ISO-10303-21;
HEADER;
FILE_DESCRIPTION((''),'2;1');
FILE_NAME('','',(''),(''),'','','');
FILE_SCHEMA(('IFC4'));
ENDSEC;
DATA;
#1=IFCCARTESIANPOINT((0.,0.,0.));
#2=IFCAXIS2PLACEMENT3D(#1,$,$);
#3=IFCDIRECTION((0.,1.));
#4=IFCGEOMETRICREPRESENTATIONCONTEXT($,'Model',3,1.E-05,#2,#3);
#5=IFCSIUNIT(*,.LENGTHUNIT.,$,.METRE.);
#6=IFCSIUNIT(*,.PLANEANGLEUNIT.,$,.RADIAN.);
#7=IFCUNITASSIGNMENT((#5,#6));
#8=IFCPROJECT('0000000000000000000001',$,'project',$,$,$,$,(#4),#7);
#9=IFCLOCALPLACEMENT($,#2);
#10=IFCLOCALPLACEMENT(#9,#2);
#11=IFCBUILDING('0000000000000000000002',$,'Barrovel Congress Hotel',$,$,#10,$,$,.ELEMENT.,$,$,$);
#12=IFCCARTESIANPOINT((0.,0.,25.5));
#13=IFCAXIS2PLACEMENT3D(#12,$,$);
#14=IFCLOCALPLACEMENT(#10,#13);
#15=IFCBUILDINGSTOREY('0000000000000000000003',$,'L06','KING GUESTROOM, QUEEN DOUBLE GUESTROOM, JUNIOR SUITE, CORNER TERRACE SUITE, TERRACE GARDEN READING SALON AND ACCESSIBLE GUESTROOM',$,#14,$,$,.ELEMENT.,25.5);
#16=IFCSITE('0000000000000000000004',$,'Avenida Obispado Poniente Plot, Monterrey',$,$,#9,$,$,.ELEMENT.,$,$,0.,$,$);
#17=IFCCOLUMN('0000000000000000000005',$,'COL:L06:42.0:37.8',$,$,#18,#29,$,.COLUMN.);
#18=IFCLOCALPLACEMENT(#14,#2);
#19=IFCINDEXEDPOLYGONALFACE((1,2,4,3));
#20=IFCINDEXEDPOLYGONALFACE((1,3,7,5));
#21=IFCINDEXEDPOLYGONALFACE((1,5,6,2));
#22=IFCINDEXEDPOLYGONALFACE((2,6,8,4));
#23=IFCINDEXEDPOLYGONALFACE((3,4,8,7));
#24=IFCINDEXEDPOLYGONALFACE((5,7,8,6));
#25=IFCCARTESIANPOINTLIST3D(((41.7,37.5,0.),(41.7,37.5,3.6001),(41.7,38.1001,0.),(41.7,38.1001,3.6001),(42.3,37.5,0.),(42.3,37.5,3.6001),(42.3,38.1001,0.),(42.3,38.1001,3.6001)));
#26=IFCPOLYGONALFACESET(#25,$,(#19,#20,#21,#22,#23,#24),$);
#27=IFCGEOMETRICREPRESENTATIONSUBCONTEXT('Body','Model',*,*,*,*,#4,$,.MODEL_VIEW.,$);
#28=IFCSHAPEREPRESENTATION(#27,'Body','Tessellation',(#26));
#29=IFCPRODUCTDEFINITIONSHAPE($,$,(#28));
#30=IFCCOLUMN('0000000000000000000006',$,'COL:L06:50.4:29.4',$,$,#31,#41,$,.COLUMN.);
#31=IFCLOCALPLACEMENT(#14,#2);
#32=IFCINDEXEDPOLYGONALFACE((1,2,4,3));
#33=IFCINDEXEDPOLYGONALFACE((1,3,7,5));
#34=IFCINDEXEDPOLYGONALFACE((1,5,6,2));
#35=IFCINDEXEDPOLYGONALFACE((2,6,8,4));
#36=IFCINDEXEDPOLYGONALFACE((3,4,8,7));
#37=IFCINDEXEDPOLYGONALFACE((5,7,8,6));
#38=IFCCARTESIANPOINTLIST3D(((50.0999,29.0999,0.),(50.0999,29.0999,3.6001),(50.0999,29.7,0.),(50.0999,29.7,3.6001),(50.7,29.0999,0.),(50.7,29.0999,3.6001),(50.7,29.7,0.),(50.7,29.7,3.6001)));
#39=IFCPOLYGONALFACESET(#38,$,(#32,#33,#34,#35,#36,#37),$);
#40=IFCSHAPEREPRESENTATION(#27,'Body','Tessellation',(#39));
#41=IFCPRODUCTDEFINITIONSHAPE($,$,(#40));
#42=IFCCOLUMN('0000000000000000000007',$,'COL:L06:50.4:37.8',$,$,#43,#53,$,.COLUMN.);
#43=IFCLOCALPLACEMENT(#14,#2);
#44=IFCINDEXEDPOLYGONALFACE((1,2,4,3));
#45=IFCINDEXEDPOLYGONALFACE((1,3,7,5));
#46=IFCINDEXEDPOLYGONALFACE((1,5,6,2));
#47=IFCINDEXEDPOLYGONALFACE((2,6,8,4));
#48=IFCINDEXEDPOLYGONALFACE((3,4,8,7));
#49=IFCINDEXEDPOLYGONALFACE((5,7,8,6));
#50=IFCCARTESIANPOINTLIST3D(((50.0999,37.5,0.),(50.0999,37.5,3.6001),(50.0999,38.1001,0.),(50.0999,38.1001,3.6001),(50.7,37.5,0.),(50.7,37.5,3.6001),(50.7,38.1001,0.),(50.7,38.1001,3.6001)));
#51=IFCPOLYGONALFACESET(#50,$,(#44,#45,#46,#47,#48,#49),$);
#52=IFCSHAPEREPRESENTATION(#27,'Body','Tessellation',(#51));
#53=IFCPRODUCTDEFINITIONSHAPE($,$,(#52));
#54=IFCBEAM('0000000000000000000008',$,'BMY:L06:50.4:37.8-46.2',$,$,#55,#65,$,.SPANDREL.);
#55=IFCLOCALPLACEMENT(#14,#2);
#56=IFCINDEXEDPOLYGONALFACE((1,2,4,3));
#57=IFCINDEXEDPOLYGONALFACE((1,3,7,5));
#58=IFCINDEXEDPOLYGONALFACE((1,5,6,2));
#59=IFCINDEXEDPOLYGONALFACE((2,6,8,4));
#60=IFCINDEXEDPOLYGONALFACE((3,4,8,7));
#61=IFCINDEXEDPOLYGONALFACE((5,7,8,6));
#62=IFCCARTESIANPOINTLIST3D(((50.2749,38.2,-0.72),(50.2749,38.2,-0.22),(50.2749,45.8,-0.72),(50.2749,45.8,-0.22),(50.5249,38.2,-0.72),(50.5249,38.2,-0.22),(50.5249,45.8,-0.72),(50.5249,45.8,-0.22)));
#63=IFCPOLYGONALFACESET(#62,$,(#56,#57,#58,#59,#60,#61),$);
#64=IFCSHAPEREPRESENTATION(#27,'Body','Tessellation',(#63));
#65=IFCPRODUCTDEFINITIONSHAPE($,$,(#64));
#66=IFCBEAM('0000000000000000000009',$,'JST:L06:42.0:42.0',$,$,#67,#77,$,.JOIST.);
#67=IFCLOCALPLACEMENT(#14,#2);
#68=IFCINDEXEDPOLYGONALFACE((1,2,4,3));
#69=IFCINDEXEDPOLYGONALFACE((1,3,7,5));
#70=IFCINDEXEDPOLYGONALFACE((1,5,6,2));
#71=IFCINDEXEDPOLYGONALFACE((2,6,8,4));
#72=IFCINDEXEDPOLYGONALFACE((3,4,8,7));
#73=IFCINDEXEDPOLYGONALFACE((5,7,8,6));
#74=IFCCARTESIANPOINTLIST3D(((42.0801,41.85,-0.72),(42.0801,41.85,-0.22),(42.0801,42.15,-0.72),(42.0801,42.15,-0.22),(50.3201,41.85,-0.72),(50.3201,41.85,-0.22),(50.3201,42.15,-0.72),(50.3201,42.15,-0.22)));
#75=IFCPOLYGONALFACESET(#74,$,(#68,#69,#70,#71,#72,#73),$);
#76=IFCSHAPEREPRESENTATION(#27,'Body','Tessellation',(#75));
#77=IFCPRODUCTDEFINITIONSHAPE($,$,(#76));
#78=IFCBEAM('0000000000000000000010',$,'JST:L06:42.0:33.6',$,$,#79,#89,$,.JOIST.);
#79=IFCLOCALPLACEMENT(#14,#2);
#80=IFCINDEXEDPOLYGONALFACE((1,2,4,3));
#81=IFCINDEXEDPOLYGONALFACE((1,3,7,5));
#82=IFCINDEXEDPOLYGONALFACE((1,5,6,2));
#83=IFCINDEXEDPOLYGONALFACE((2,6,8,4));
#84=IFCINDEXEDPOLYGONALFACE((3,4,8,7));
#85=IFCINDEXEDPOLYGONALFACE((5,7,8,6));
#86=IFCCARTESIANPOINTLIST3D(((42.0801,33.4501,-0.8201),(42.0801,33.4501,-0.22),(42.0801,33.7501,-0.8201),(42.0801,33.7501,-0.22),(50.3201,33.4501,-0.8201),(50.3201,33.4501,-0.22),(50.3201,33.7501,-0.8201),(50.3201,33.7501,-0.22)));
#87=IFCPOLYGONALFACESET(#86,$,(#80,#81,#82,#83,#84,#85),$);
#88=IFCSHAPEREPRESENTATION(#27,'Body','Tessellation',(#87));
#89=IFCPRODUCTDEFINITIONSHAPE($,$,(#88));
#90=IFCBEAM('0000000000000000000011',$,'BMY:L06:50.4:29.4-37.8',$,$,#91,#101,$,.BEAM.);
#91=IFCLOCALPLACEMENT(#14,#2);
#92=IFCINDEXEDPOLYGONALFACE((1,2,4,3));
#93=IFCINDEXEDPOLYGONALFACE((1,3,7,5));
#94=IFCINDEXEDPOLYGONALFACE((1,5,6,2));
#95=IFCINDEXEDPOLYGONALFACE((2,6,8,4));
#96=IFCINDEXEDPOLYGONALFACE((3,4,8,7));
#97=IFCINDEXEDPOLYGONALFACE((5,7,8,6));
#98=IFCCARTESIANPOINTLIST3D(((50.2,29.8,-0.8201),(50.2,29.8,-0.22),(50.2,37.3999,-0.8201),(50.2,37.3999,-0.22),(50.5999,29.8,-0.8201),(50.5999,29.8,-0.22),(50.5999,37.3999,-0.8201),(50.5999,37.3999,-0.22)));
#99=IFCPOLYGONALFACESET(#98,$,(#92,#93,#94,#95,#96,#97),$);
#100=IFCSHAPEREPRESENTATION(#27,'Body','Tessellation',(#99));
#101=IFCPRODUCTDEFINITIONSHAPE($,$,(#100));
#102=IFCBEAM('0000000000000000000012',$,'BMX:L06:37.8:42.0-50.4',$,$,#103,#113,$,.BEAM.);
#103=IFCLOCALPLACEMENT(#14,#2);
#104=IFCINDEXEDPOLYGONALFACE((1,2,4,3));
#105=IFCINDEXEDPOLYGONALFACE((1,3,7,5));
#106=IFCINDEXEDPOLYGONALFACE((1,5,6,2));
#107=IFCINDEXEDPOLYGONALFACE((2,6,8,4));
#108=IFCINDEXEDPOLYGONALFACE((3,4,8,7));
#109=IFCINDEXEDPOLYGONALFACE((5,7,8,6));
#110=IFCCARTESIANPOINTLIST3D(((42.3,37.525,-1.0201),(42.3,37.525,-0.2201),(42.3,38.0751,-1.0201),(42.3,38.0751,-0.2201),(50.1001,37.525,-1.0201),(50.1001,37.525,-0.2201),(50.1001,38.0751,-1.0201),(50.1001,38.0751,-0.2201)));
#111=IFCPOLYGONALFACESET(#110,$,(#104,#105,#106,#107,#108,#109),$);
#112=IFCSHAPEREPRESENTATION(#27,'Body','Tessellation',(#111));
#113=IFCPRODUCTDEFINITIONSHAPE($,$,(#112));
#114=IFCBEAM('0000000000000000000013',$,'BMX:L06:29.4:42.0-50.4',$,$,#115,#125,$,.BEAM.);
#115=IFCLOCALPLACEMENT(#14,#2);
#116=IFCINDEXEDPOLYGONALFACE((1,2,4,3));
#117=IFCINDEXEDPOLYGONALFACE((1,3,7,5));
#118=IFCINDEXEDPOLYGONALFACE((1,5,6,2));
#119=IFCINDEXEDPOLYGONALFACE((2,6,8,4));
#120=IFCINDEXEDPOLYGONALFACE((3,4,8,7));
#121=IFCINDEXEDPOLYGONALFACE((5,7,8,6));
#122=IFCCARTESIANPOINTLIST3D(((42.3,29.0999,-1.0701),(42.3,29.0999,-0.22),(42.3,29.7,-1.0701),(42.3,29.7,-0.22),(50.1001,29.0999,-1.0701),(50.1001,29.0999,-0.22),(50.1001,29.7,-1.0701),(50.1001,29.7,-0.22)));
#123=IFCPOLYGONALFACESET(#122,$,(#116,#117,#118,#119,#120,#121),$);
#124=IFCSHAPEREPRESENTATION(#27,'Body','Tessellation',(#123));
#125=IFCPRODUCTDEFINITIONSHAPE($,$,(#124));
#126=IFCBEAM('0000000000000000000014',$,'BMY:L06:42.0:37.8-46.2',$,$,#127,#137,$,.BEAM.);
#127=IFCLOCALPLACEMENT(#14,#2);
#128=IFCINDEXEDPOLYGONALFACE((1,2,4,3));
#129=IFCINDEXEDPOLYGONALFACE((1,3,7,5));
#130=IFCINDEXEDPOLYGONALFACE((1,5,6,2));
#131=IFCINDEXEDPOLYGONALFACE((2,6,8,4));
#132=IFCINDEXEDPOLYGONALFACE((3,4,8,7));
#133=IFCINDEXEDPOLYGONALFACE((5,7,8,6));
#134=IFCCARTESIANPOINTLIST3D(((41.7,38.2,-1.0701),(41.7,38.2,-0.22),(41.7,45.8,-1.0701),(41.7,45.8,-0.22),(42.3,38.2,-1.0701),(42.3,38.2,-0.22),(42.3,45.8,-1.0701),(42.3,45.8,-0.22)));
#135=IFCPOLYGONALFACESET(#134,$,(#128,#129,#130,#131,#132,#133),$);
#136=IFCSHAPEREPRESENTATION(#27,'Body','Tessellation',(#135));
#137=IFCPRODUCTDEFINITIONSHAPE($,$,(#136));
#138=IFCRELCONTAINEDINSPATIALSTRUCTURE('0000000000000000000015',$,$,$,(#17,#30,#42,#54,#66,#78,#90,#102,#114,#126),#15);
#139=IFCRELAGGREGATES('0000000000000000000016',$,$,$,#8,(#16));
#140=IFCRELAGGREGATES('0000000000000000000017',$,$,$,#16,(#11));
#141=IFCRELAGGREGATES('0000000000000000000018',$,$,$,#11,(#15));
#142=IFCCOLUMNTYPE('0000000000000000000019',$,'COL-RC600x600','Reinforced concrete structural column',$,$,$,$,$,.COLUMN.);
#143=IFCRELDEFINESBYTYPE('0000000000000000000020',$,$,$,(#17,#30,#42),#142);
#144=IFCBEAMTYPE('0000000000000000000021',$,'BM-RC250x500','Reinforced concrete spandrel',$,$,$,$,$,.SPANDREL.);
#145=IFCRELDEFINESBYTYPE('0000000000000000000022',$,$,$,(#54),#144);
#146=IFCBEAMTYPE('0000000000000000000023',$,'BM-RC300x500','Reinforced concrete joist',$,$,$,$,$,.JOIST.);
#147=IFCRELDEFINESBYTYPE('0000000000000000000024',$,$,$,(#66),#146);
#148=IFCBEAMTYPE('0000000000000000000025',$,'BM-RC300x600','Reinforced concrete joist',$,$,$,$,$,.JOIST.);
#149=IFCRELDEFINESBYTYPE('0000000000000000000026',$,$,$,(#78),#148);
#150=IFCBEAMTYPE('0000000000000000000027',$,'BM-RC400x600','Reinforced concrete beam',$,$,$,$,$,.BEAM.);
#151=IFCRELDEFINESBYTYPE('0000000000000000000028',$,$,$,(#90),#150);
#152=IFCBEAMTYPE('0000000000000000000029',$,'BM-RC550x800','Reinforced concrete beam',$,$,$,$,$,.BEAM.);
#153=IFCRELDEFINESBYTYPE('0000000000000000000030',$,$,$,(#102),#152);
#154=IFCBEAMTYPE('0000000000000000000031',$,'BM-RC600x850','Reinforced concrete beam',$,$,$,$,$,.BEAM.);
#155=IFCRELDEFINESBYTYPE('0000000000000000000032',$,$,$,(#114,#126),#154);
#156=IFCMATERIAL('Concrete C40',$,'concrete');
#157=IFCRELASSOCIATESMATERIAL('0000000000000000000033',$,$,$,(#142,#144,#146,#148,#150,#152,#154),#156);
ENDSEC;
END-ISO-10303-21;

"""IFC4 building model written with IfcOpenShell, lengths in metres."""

from ifc_helpers import new_model, si_unit, direction, frame, origin, origin_2d, place, context, subcontext, project, spatial, rectangle, extrude, material, material_profile, profile_set, type_object, element, save


model = new_model("IFC4")

# Units and contexts
model_context = context("Model", 3, precision=1e-05, world=origin(), true_north=direction((0.0, 1.0)))
body_context = subcontext(model_context, "Body", "Model", "MODEL_VIEW")
ifc_project = project(units=[si_unit("LENGTHUNIT", "METRE"), si_unit("PLANEANGLEUNIT", "RADIAN")], contexts=[model_context])

# Site, building, storey
site_placement = place(None, origin())
site = spatial("IfcSite", under=ifc_project, at=site_placement, Name="Avenida Obispado Poniente Plot, Monterrey", CompositionType="ELEMENT", RefElevation=0.0)
building_placement = place(site_placement, origin())
building = spatial("IfcBuilding", under=site, at=building_placement, Name="Barrovel Congress Hotel", CompositionType="ELEMENT")
storey_placement = place(building_placement, frame((0.0, 0.0, 25.5)))
storey = spatial("IfcBuildingStorey", under=building, at=storey_placement, Name="L06", Description="KING GUESTROOM, QUEEN DOUBLE GUESTROOM, JUNIOR SUITE, CORNER TERRACE SUITE, TERRACE GARDEN READING SALON AND ACCESSIBLE GUESTROOM", CompositionType="ELEMENT", Elevation=25.5)

# Columns
ifc_material_1 = material(Name="Concrete C40", Category="concrete")
ifc_material_profile_1 = material_profile(ifc_material_1, rectangle(XDim=0.6001, YDim=0.6001, at=origin_2d()), Name="RC600x600")
ifc_profile_set_1 = profile_set([ifc_material_profile_1], Name="Concrete C40")
column_type = type_object("IfcColumnType", Name="COL-RC600x600", Description="Reinforced concrete structural column", PredefinedType="COLUMN", material=ifc_profile_set_1)
for number, where, z_axis, x_axis, name in (
    (1, (42.0, 37.8, 0.0), (0.0, 0.0, 1.0), (1.0, 0.0, 0.0), "COL:L06:42.0:37.8"),
    (2, (50.3999, 29.3999, 0.0), (0.0, 0.0, 1.0), (1.0, 0.0, 0.0), "COL:L06:50.4:29.4"),
    (3, (50.3999, 37.8, 0.0), (0.0, 0.0, 1.0), (1.0, 0.0, 0.0), "COL:L06:50.4:37.8"),
):
    element("IfcColumn", number, at=place(storey_placement, frame(where, z_axis=z_axis, x_axis=x_axis)), inside=storey, type_object=column_type, Name=name, PredefinedType="COLUMN", context=body_context, shape_type="SweptSolid", body=[
        extrude(rectangle(XDim=0.6001, YDim=0.6001, at=origin_2d()), origin(), (0.0, 0.0, 1.0), 3.6001),
    ])

# Beams
ifc_material_profile_2 = material_profile(ifc_material_1, rectangle(XDim=0.25, YDim=0.5, at=origin_2d()), Name="RC250x500")
ifc_profile_set_2 = profile_set([ifc_material_profile_2], Name="Concrete C40")
beam_type_1 = type_object("IfcBeamType", Name="BM-RC250x500", Description="Reinforced concrete spandrel", PredefinedType="SPANDREL", material=ifc_profile_set_2)
beam_1_placement = place(storey_placement, frame((50.3999, 38.2, -0.47), z_axis=(0.0, 1.0, 0.0), x_axis=(-1.0, 0.0, 0.0)))
element("IfcBeam", 4, at=beam_1_placement, inside=storey, type_object=beam_type_1, Name="BMY:L06:50.4:37.8-46.2", PredefinedType="SPANDREL", context=body_context, shape_type="SweptSolid", body=[
    extrude(rectangle(XDim=0.25, YDim=0.5, at=origin_2d()), origin(), (0.0, 0.0, 1.0), 7.6001),
])
ifc_material_profile_3 = material_profile(ifc_material_1, rectangle(XDim=0.3, YDim=0.5, at=origin_2d()), Name="RC300x500")
ifc_profile_set_3 = profile_set([ifc_material_profile_3], Name="Concrete C40")
beam_type_2 = type_object("IfcBeamType", Name="BM-RC300x500", Description="Reinforced concrete joist", PredefinedType="JOIST", material=ifc_profile_set_3)
beam_2_placement = place(storey_placement, frame((42.0801, 42.0, -0.47), z_axis=(1.0, 0.0, 0.0), x_axis=(0.0, 1.0, 0.0)))
element("IfcBeam", 5, at=beam_2_placement, inside=storey, type_object=beam_type_2, Name="JST:L06:42.0:42.0", PredefinedType="JOIST", context=body_context, shape_type="SweptSolid", body=[
    extrude(rectangle(XDim=0.3, YDim=0.5, at=origin_2d()), origin(), (0.0, 0.0, 1.0), 8.24),
])
ifc_material_profile_4 = material_profile(ifc_material_1, rectangle(XDim=0.3, YDim=0.6001, at=origin_2d()), Name="RC300x600")
ifc_profile_set_4 = profile_set([ifc_material_profile_4], Name="Concrete C40")
beam_type_3 = type_object("IfcBeamType", Name="BM-RC300x600", Description="Reinforced concrete joist", PredefinedType="JOIST", material=ifc_profile_set_4)
beam_3_placement = place(storey_placement, frame((42.0801, 33.6001, -0.52), z_axis=(1.0, 0.0, 0.0), x_axis=(0.0, 1.0, 0.0)))
element("IfcBeam", 6, at=beam_3_placement, inside=storey, type_object=beam_type_3, Name="JST:L06:42.0:33.6", PredefinedType="JOIST", context=body_context, shape_type="SweptSolid", body=[
    extrude(rectangle(XDim=0.3, YDim=0.6001, at=origin_2d()), origin(), (0.0, 0.0, 1.0), 8.24),
])
ifc_material_profile_5 = material_profile(ifc_material_1, rectangle(XDim=0.3999, YDim=0.6001, at=origin_2d()), Name="RC400x600")
ifc_profile_set_5 = profile_set([ifc_material_profile_5], Name="Concrete C40")
beam_type_4 = type_object("IfcBeamType", Name="BM-RC400x600", Description="Reinforced concrete beam", PredefinedType="BEAM", material=ifc_profile_set_5)
beam_4_placement = place(storey_placement, frame((50.3999, 29.8, -0.52), z_axis=(0.0, 1.0, 0.0), x_axis=(-1.0, 0.0, 0.0)))
element("IfcBeam", 7, at=beam_4_placement, inside=storey, type_object=beam_type_4, Name="BMY:L06:50.4:29.4-37.8", PredefinedType="BEAM", context=body_context, shape_type="SweptSolid", body=[
    extrude(rectangle(XDim=0.3999, YDim=0.6001, at=origin_2d()), origin(), (0.0, 0.0, 1.0), 7.5999),
])
ifc_material_profile_6 = material_profile(ifc_material_1, rectangle(XDim=0.55, YDim=0.8, at=origin_2d()), Name="RC550x800")
ifc_profile_set_6 = profile_set([ifc_material_profile_6], Name="Concrete C40")
beam_type_5 = type_object("IfcBeamType", Name="BM-RC550x800", Description="Reinforced concrete beam", PredefinedType="BEAM", material=ifc_profile_set_6)
beam_5_placement = place(storey_placement, frame((42.3, 37.8, -0.6201), z_axis=(1.0, 0.0, 0.0), x_axis=(0.0, 1.0, 0.0)))
element("IfcBeam", 8, at=beam_5_placement, inside=storey, type_object=beam_type_5, Name="BMX:L06:37.8:42.0-50.4", PredefinedType="BEAM", context=body_context, shape_type="SweptSolid", body=[
    extrude(rectangle(XDim=0.55, YDim=0.8, at=origin_2d()), origin(), (0.0, 0.0, 1.0), 7.8),
])
ifc_material_profile_7 = material_profile(ifc_material_1, rectangle(XDim=0.6001, YDim=0.8501, at=origin_2d()), Name="RC600x850")
ifc_profile_set_7 = profile_set([ifc_material_profile_7], Name="Concrete C40")
beam_type_6 = type_object("IfcBeamType", Name="BM-RC600x850", Description="Reinforced concrete beam", PredefinedType="BEAM", material=ifc_profile_set_7)
beam_6_placement = place(storey_placement, frame((42.3, 29.3999, -0.645), z_axis=(1.0, 0.0, 0.0), x_axis=(0.0, 1.0, 0.0)))
element("IfcBeam", 9, at=beam_6_placement, inside=storey, type_object=beam_type_6, Name="BMX:L06:29.4:42.0-50.4", PredefinedType="BEAM", context=body_context, shape_type="SweptSolid", body=[
    extrude(rectangle(XDim=0.6001, YDim=0.8501, at=origin_2d()), origin(), (0.0, 0.0, 1.0), 7.8),
])
beam_7_placement = place(storey_placement, frame((42.0, 38.2, -0.645), z_axis=(0.0, 1.0, 0.0), x_axis=(-1.0, 0.0, 0.0)))
element("IfcBeam", 10, at=beam_7_placement, inside=storey, type_object=beam_type_6, Name="BMY:L06:42.0:37.8-46.2", PredefinedType="BEAM", context=body_context, shape_type="SweptSolid", body=[
    extrude(rectangle(XDim=0.6001, YDim=0.8501, at=origin_2d()), origin(), (0.0, 0.0, 1.0), 7.6001),
])

save(model, "model.ifc")
